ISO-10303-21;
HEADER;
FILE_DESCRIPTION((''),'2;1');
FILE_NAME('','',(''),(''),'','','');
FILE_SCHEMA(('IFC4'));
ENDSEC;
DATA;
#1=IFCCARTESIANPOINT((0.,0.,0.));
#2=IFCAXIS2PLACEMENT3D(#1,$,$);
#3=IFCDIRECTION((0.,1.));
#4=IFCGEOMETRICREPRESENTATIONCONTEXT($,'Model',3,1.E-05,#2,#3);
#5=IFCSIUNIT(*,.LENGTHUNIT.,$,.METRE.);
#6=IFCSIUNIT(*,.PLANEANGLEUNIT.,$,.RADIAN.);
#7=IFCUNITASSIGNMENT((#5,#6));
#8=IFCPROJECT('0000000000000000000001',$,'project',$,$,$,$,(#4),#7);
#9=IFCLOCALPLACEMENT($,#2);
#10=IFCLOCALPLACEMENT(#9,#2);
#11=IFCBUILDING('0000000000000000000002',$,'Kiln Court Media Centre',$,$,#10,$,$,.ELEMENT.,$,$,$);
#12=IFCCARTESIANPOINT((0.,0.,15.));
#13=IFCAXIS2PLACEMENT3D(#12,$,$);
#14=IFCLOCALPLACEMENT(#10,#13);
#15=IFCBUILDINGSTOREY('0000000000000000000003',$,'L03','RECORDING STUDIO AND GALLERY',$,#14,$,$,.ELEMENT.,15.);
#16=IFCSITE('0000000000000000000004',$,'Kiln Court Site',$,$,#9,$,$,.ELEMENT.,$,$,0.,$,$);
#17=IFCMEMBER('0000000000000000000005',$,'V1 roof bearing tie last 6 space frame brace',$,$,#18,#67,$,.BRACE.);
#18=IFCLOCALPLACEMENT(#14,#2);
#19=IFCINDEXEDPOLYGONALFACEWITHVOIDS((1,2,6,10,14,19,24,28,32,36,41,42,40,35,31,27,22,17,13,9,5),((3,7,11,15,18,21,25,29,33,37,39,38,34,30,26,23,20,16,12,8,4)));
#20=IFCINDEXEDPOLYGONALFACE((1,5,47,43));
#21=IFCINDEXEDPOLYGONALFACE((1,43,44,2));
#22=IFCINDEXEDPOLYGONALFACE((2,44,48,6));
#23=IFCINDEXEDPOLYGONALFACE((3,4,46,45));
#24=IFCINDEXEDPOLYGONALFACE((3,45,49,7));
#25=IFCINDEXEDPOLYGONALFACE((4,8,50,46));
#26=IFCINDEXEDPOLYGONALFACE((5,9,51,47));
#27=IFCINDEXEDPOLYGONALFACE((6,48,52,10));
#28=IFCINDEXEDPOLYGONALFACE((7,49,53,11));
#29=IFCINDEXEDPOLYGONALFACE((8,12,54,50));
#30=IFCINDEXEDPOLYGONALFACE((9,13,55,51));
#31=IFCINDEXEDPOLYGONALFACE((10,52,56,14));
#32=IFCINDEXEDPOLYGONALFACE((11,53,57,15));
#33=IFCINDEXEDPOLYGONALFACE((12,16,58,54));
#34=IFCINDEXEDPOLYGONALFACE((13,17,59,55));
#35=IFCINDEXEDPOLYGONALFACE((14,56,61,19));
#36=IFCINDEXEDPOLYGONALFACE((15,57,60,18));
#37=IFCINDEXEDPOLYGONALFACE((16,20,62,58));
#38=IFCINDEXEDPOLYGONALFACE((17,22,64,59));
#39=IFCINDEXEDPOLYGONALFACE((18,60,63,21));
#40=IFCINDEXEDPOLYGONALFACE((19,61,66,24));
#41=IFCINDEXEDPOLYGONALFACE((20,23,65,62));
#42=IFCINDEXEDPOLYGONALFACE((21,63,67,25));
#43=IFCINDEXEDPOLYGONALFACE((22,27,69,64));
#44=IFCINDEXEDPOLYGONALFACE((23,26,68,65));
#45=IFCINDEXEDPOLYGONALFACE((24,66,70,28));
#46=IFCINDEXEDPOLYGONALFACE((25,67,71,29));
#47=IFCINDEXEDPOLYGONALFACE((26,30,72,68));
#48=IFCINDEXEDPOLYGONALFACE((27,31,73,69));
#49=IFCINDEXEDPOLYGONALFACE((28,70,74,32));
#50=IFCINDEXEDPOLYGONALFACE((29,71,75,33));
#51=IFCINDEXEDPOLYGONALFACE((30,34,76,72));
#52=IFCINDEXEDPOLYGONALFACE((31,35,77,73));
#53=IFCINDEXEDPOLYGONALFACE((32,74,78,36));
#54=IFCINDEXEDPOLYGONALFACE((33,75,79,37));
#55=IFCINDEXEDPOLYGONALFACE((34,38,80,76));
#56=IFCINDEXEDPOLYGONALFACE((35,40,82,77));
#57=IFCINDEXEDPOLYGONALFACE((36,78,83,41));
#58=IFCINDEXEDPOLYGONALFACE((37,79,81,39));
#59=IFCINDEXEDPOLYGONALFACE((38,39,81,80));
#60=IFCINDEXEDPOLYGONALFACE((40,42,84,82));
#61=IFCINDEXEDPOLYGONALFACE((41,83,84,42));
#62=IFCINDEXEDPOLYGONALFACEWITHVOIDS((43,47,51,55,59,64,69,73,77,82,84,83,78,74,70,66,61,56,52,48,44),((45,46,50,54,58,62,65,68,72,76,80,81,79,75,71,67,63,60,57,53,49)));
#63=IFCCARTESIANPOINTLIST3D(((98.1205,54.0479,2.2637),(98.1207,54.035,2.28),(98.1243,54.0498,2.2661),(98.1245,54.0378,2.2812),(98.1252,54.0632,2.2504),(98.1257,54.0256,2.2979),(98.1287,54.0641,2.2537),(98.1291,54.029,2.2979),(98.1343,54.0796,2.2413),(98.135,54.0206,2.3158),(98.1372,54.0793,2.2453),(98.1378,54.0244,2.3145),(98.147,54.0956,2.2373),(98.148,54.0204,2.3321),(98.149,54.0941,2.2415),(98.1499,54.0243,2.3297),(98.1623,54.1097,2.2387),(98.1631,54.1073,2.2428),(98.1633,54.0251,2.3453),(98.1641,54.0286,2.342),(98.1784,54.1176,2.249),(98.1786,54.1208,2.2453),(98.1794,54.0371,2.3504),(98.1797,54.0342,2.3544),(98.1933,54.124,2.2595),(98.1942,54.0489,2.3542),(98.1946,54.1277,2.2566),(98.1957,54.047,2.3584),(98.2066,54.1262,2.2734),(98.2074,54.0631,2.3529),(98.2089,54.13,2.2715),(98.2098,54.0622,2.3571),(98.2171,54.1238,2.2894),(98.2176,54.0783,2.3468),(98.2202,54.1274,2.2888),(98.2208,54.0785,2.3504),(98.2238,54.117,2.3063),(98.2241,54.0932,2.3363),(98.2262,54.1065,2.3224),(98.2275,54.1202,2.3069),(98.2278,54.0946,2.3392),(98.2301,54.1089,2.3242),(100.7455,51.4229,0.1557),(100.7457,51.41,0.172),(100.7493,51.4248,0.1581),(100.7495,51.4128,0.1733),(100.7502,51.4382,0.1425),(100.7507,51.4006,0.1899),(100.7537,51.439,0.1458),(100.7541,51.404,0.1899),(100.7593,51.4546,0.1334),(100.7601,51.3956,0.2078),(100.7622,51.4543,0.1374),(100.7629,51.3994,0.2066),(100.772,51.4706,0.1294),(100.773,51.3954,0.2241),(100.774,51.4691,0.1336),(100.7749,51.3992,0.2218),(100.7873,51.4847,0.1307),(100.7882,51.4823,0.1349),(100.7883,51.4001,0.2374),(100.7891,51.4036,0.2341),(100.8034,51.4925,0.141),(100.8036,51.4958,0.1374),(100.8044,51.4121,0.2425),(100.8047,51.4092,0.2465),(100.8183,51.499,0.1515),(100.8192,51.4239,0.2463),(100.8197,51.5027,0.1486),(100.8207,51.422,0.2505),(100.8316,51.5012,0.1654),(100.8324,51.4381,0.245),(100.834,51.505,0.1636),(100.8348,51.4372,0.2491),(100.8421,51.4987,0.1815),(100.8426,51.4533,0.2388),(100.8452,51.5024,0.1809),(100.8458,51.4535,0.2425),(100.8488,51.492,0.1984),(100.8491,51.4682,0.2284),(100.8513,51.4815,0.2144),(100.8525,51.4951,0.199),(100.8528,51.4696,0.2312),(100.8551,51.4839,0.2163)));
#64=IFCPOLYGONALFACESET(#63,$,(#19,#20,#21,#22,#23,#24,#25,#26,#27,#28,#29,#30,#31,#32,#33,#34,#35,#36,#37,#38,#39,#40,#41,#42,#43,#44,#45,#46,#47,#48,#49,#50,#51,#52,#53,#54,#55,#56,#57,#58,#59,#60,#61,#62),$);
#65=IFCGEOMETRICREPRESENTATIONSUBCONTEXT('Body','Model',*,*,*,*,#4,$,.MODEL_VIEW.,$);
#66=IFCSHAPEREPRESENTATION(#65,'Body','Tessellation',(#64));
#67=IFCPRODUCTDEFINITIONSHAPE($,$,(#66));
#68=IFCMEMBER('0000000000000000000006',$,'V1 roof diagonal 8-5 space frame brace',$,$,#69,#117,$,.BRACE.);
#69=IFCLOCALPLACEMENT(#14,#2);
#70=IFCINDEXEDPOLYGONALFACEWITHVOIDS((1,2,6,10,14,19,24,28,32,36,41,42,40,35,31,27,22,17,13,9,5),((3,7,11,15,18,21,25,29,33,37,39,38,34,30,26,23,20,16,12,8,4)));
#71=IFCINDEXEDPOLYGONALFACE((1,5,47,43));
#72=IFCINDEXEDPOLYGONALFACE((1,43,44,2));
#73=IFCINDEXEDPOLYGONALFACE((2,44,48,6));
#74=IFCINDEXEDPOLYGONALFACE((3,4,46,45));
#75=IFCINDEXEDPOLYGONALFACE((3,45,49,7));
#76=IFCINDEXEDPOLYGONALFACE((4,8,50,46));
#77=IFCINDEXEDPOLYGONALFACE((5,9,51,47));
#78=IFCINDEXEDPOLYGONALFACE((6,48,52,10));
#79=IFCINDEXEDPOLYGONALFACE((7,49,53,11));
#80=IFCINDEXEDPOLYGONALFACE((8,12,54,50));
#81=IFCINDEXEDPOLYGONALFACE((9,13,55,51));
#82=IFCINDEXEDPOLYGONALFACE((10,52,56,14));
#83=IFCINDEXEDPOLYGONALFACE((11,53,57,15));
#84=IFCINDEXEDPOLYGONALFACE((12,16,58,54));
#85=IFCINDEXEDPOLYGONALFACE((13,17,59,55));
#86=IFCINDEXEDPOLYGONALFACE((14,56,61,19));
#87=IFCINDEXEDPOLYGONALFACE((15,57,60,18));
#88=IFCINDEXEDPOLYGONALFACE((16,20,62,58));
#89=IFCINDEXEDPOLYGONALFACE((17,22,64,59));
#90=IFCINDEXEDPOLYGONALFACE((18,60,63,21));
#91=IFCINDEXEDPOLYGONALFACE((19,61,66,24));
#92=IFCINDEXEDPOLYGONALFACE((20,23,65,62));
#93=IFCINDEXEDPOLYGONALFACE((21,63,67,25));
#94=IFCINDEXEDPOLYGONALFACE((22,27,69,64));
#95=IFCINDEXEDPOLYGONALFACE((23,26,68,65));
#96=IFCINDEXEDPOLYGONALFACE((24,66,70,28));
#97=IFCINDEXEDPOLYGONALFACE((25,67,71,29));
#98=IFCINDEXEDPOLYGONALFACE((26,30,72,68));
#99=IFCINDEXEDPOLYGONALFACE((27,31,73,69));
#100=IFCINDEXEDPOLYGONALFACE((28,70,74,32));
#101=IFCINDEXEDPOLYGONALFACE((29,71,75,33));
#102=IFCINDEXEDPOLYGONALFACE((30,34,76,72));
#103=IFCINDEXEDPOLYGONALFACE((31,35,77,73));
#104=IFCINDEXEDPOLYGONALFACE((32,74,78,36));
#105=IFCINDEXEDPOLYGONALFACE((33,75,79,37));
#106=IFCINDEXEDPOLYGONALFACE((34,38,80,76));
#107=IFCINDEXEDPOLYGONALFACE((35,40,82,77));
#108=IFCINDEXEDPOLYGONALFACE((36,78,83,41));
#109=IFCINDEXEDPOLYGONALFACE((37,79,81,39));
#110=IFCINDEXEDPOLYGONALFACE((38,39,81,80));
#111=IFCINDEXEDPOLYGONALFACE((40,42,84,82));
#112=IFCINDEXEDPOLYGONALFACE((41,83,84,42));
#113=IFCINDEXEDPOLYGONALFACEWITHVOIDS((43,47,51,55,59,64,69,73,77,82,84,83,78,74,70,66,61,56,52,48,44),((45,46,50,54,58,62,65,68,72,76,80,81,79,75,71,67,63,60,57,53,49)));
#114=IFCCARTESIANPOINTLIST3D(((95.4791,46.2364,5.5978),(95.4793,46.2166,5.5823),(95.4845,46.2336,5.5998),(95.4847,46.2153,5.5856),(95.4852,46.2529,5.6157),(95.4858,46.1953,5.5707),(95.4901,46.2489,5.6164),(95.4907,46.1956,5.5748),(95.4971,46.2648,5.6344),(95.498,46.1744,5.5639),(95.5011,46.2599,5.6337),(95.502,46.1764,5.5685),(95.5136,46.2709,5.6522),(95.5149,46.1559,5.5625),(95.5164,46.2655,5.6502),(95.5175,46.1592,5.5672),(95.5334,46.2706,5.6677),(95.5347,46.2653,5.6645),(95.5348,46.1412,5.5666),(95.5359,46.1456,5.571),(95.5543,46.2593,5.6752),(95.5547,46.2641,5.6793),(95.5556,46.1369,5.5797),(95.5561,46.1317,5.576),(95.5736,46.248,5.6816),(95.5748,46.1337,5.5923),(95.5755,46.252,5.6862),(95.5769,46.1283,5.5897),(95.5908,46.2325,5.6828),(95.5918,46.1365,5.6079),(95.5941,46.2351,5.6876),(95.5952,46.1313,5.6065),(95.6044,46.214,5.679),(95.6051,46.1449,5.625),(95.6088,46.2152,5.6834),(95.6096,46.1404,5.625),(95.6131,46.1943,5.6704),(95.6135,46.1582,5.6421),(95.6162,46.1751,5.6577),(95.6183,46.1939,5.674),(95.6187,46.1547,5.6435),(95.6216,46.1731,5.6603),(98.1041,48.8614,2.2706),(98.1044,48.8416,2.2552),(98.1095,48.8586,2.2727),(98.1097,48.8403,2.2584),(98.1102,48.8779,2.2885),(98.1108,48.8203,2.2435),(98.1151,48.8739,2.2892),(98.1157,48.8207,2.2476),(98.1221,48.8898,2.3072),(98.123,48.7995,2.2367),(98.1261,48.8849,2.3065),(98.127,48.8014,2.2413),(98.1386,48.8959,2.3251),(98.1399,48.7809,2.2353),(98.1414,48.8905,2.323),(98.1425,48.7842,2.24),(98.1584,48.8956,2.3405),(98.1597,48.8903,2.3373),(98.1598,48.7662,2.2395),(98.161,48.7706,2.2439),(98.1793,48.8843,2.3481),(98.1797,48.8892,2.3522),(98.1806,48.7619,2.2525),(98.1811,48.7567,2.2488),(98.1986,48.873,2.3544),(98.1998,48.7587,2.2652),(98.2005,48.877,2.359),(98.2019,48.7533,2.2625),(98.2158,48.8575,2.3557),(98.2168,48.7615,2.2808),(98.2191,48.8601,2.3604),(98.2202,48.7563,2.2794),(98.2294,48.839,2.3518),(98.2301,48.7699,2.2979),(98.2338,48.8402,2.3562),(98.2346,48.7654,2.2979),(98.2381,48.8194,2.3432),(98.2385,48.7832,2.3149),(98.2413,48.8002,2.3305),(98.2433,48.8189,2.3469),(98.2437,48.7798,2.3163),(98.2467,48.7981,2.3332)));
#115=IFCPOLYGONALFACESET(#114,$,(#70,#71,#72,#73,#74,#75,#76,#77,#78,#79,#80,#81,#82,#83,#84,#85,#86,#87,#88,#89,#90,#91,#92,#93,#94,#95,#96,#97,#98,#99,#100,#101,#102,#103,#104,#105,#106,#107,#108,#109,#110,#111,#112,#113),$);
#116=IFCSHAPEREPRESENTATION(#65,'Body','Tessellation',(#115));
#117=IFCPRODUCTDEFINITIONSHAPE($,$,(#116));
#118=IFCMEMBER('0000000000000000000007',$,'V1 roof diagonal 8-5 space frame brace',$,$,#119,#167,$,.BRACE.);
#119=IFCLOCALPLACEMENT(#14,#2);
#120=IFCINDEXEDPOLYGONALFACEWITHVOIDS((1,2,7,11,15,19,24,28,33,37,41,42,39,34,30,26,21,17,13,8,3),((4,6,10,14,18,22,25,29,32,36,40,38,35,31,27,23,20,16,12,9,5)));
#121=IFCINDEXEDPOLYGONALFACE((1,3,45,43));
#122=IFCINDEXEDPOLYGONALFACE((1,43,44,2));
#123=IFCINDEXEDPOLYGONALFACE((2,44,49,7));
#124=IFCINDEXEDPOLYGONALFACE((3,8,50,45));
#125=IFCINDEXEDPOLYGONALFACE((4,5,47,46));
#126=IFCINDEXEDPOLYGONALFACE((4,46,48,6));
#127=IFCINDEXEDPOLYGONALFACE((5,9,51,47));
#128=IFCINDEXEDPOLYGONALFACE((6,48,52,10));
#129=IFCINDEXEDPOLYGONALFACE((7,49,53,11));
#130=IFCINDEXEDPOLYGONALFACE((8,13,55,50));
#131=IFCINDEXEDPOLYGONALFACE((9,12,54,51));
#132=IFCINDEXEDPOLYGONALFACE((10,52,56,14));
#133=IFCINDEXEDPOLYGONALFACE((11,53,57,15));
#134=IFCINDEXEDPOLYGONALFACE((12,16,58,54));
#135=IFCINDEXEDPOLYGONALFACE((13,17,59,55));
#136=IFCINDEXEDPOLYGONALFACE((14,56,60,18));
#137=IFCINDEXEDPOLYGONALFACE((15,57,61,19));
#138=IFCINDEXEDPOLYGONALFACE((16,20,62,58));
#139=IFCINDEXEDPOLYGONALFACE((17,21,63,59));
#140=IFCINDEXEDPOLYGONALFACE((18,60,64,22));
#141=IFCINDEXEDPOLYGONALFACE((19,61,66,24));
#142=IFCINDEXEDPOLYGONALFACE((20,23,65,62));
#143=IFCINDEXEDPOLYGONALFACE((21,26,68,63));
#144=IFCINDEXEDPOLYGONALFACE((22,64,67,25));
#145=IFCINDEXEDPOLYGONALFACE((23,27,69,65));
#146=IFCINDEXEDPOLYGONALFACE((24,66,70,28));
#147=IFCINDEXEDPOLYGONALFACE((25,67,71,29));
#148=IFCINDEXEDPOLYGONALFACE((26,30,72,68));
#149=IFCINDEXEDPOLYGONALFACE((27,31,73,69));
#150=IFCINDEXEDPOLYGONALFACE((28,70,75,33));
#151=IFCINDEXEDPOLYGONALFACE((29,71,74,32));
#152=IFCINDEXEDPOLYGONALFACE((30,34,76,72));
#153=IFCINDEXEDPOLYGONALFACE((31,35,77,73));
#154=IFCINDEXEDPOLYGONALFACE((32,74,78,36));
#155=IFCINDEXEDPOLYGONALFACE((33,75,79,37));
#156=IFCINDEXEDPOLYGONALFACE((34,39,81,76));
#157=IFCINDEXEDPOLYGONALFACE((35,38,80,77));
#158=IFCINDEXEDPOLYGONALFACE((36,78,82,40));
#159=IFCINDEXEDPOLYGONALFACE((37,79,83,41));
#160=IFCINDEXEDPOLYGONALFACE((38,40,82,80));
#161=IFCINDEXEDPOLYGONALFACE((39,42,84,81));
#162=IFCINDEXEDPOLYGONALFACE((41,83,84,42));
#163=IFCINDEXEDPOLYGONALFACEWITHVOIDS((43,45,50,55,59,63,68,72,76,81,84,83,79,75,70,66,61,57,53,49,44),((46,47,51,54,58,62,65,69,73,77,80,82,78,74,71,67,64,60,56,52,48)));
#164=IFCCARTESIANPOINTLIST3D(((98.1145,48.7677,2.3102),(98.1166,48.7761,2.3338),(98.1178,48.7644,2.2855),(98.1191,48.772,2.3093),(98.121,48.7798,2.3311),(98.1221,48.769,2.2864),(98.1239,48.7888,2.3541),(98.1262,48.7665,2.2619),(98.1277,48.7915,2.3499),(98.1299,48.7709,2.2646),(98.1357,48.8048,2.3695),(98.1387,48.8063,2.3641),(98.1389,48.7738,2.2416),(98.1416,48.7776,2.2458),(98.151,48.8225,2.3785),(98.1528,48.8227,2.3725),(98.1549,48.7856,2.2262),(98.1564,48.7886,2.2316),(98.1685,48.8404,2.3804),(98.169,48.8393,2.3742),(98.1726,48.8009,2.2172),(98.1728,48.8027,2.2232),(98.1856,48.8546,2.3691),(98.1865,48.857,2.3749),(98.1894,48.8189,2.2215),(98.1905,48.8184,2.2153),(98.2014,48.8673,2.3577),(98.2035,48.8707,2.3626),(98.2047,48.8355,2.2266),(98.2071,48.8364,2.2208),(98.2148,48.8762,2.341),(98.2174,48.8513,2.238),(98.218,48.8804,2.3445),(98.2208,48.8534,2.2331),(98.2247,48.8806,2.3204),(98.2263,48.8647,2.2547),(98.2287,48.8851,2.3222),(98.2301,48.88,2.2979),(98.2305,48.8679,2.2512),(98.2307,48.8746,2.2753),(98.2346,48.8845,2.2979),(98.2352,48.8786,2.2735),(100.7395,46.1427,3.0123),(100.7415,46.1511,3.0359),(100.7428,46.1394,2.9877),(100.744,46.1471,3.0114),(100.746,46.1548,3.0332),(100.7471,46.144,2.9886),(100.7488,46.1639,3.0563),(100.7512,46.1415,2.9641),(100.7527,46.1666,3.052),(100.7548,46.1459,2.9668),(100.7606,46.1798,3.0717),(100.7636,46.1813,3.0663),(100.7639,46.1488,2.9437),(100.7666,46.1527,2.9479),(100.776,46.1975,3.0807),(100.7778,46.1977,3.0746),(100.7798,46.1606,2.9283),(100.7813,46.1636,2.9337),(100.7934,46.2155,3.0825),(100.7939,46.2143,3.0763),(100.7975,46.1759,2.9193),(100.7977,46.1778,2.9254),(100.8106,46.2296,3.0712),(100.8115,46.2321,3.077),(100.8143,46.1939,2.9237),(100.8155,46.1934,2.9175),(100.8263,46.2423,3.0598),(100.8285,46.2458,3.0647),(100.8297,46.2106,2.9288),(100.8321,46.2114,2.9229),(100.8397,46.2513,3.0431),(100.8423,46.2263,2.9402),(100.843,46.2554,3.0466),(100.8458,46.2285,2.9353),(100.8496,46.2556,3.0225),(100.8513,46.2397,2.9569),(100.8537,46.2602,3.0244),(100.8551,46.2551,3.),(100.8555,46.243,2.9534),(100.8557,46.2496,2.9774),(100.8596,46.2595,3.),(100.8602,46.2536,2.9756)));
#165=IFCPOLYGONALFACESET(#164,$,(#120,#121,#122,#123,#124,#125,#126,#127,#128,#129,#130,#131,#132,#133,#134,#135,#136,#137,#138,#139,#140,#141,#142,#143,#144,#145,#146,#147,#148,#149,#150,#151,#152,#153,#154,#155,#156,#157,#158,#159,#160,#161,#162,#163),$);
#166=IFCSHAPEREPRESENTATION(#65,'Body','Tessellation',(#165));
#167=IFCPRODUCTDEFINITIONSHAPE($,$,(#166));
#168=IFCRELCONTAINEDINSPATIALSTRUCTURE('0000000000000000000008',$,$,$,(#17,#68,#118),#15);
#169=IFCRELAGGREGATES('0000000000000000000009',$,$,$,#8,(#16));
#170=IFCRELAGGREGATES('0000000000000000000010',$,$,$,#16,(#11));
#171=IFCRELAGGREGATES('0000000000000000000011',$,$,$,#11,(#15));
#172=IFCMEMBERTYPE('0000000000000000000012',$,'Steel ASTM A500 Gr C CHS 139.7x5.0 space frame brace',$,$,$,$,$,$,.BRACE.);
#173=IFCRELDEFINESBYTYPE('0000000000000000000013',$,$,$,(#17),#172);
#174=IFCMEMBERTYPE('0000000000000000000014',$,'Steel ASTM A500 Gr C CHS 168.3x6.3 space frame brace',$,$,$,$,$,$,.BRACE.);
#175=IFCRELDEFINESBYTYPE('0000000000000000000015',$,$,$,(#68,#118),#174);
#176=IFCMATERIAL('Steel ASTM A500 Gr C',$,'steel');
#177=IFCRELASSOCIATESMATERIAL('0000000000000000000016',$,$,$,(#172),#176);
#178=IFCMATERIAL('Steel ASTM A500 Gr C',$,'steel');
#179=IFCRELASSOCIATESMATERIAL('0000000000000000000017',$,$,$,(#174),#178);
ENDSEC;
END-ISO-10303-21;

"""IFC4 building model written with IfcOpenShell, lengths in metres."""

from ifc_helpers import new_model, si_unit, direction, frame, origin, origin_2d, place, context, subcontext, project, spatial, hollow_circle, extrude, material, material_profile, profile_set, type_object, element, save


model = new_model("IFC4")

# Units and contexts
model_context = context("Model", 3, precision=1e-05, world=origin(), true_north=direction((0.0, 1.0)))
body_context = subcontext(model_context, "Body", "Model", "MODEL_VIEW")
ifc_project = project(units=[si_unit("LENGTHUNIT", "METRE"), si_unit("PLANEANGLEUNIT", "RADIAN")], contexts=[model_context])

# Site, building, storey
site_placement = place(None, origin())
site = spatial("IfcSite", under=ifc_project, at=site_placement, Name="Kiln Court Site", CompositionType="ELEMENT", RefElevation=0.0)
building_placement = place(site_placement, origin())
building = spatial("IfcBuilding", under=site, at=building_placement, Name="Kiln Court Media Centre", CompositionType="ELEMENT")
storey_placement = place(building_placement, frame((0.0, 0.0, 15.0)))
storey = spatial("IfcBuildingStorey", under=building, at=storey_placement, Name="L03", Description="RECORDING STUDIO AND GALLERY", CompositionType="ELEMENT", Elevation=15.0)

# Members
ifc_material_1 = material(Name="Steel ASTM A500 Gr C", Category="steel")
ifc_material_profile_1 = material_profile(ifc_material_1, hollow_circle(Radius=0.0698, WallThickness=0.0049, at=origin_2d()), Name="CHS 139.7x5.0")
ifc_profile_set_1 = profile_set([ifc_material_profile_1], Name="Steel ASTM A500 Gr C")
member_type_1 = type_object("IfcMemberType", Name="Steel ASTM A500 Gr C CHS 139.7x5.0 space frame brace", PredefinedType="BRACE", material=ifc_profile_set_1)
for number, where, z_axis, x_axis, name in (
    (1, (100.8, 51.45, 0.1899), (-0.614895, 0.614895, 0.493769), (-0.707107, -0.707107, 0.0), "V1 roof bearing tie last 6 space frame brace"),
):
    element("IfcMember", number, at=place(storey_placement, frame(where, z_axis=z_axis, x_axis=x_axis)), inside=storey, type_object=member_type_1, Name=name, PredefinedType="BRACE", context=body_context, shape_type="SweptSolid", body=[
        extrude(hollow_circle(Radius=0.0698, WallThickness=0.0049, at=origin_2d()), origin(), (0.0, 0.0, 1.0), 4.269),
    ])
ifc_material_2 = material(Name="Steel ASTM A500 Gr C", Category="steel")
ifc_material_profile_2 = material_profile(ifc_material_2, hollow_circle(Radius=0.0842, WallThickness=0.0063, at=origin_2d()), Name="CHS 168.3x6.3")
ifc_profile_set_2 = profile_set([ifc_material_profile_2], Name="Steel ASTM A500 Gr C")
member_type_2 = type_object("IfcMemberType", Name="Steel ASTM A500 Gr C CHS 168.3x6.3 space frame brace", PredefinedType="BRACE", material=ifc_profile_set_2)
member_1_placement = place(storey_placement, frame((98.175, 48.825, 2.2979), z_axis=(-0.52657, -0.52657, 0.667419), x_axis=(0.707107, -0.707107, 0.0)))
element("IfcMember", 2, at=member_1_placement, inside=storey, type_object=member_type_2, Name="V1 roof diagonal 8-5 space frame brace", PredefinedType="BRACE", context=body_context, shape_type="SweptSolid", body=[
    extrude(hollow_circle(Radius=0.0842, WallThickness=0.0063, at=origin_2d()), origin(), (0.0, 0.0, 1.0), 4.9851),
])
member_2_placement = place(storey_placement, frame((98.175, 48.825, 2.2979), z_axis=(0.694788, -0.694788, 0.185846), x_axis=(0.707107, 0.707107, 0.0)))
element("IfcMember", 3, at=member_2_placement, inside=storey, type_object=member_type_2, Name="V1 roof diagonal 8-5 space frame brace", PredefinedType="BRACE", context=body_context, shape_type="SweptSolid", body=[
    extrude(hollow_circle(Radius=0.0842, WallThickness=0.0063, at=origin_2d()), origin(), (0.0, 0.0, 1.0), 3.7781),
])

save(model, "model.ifc")
